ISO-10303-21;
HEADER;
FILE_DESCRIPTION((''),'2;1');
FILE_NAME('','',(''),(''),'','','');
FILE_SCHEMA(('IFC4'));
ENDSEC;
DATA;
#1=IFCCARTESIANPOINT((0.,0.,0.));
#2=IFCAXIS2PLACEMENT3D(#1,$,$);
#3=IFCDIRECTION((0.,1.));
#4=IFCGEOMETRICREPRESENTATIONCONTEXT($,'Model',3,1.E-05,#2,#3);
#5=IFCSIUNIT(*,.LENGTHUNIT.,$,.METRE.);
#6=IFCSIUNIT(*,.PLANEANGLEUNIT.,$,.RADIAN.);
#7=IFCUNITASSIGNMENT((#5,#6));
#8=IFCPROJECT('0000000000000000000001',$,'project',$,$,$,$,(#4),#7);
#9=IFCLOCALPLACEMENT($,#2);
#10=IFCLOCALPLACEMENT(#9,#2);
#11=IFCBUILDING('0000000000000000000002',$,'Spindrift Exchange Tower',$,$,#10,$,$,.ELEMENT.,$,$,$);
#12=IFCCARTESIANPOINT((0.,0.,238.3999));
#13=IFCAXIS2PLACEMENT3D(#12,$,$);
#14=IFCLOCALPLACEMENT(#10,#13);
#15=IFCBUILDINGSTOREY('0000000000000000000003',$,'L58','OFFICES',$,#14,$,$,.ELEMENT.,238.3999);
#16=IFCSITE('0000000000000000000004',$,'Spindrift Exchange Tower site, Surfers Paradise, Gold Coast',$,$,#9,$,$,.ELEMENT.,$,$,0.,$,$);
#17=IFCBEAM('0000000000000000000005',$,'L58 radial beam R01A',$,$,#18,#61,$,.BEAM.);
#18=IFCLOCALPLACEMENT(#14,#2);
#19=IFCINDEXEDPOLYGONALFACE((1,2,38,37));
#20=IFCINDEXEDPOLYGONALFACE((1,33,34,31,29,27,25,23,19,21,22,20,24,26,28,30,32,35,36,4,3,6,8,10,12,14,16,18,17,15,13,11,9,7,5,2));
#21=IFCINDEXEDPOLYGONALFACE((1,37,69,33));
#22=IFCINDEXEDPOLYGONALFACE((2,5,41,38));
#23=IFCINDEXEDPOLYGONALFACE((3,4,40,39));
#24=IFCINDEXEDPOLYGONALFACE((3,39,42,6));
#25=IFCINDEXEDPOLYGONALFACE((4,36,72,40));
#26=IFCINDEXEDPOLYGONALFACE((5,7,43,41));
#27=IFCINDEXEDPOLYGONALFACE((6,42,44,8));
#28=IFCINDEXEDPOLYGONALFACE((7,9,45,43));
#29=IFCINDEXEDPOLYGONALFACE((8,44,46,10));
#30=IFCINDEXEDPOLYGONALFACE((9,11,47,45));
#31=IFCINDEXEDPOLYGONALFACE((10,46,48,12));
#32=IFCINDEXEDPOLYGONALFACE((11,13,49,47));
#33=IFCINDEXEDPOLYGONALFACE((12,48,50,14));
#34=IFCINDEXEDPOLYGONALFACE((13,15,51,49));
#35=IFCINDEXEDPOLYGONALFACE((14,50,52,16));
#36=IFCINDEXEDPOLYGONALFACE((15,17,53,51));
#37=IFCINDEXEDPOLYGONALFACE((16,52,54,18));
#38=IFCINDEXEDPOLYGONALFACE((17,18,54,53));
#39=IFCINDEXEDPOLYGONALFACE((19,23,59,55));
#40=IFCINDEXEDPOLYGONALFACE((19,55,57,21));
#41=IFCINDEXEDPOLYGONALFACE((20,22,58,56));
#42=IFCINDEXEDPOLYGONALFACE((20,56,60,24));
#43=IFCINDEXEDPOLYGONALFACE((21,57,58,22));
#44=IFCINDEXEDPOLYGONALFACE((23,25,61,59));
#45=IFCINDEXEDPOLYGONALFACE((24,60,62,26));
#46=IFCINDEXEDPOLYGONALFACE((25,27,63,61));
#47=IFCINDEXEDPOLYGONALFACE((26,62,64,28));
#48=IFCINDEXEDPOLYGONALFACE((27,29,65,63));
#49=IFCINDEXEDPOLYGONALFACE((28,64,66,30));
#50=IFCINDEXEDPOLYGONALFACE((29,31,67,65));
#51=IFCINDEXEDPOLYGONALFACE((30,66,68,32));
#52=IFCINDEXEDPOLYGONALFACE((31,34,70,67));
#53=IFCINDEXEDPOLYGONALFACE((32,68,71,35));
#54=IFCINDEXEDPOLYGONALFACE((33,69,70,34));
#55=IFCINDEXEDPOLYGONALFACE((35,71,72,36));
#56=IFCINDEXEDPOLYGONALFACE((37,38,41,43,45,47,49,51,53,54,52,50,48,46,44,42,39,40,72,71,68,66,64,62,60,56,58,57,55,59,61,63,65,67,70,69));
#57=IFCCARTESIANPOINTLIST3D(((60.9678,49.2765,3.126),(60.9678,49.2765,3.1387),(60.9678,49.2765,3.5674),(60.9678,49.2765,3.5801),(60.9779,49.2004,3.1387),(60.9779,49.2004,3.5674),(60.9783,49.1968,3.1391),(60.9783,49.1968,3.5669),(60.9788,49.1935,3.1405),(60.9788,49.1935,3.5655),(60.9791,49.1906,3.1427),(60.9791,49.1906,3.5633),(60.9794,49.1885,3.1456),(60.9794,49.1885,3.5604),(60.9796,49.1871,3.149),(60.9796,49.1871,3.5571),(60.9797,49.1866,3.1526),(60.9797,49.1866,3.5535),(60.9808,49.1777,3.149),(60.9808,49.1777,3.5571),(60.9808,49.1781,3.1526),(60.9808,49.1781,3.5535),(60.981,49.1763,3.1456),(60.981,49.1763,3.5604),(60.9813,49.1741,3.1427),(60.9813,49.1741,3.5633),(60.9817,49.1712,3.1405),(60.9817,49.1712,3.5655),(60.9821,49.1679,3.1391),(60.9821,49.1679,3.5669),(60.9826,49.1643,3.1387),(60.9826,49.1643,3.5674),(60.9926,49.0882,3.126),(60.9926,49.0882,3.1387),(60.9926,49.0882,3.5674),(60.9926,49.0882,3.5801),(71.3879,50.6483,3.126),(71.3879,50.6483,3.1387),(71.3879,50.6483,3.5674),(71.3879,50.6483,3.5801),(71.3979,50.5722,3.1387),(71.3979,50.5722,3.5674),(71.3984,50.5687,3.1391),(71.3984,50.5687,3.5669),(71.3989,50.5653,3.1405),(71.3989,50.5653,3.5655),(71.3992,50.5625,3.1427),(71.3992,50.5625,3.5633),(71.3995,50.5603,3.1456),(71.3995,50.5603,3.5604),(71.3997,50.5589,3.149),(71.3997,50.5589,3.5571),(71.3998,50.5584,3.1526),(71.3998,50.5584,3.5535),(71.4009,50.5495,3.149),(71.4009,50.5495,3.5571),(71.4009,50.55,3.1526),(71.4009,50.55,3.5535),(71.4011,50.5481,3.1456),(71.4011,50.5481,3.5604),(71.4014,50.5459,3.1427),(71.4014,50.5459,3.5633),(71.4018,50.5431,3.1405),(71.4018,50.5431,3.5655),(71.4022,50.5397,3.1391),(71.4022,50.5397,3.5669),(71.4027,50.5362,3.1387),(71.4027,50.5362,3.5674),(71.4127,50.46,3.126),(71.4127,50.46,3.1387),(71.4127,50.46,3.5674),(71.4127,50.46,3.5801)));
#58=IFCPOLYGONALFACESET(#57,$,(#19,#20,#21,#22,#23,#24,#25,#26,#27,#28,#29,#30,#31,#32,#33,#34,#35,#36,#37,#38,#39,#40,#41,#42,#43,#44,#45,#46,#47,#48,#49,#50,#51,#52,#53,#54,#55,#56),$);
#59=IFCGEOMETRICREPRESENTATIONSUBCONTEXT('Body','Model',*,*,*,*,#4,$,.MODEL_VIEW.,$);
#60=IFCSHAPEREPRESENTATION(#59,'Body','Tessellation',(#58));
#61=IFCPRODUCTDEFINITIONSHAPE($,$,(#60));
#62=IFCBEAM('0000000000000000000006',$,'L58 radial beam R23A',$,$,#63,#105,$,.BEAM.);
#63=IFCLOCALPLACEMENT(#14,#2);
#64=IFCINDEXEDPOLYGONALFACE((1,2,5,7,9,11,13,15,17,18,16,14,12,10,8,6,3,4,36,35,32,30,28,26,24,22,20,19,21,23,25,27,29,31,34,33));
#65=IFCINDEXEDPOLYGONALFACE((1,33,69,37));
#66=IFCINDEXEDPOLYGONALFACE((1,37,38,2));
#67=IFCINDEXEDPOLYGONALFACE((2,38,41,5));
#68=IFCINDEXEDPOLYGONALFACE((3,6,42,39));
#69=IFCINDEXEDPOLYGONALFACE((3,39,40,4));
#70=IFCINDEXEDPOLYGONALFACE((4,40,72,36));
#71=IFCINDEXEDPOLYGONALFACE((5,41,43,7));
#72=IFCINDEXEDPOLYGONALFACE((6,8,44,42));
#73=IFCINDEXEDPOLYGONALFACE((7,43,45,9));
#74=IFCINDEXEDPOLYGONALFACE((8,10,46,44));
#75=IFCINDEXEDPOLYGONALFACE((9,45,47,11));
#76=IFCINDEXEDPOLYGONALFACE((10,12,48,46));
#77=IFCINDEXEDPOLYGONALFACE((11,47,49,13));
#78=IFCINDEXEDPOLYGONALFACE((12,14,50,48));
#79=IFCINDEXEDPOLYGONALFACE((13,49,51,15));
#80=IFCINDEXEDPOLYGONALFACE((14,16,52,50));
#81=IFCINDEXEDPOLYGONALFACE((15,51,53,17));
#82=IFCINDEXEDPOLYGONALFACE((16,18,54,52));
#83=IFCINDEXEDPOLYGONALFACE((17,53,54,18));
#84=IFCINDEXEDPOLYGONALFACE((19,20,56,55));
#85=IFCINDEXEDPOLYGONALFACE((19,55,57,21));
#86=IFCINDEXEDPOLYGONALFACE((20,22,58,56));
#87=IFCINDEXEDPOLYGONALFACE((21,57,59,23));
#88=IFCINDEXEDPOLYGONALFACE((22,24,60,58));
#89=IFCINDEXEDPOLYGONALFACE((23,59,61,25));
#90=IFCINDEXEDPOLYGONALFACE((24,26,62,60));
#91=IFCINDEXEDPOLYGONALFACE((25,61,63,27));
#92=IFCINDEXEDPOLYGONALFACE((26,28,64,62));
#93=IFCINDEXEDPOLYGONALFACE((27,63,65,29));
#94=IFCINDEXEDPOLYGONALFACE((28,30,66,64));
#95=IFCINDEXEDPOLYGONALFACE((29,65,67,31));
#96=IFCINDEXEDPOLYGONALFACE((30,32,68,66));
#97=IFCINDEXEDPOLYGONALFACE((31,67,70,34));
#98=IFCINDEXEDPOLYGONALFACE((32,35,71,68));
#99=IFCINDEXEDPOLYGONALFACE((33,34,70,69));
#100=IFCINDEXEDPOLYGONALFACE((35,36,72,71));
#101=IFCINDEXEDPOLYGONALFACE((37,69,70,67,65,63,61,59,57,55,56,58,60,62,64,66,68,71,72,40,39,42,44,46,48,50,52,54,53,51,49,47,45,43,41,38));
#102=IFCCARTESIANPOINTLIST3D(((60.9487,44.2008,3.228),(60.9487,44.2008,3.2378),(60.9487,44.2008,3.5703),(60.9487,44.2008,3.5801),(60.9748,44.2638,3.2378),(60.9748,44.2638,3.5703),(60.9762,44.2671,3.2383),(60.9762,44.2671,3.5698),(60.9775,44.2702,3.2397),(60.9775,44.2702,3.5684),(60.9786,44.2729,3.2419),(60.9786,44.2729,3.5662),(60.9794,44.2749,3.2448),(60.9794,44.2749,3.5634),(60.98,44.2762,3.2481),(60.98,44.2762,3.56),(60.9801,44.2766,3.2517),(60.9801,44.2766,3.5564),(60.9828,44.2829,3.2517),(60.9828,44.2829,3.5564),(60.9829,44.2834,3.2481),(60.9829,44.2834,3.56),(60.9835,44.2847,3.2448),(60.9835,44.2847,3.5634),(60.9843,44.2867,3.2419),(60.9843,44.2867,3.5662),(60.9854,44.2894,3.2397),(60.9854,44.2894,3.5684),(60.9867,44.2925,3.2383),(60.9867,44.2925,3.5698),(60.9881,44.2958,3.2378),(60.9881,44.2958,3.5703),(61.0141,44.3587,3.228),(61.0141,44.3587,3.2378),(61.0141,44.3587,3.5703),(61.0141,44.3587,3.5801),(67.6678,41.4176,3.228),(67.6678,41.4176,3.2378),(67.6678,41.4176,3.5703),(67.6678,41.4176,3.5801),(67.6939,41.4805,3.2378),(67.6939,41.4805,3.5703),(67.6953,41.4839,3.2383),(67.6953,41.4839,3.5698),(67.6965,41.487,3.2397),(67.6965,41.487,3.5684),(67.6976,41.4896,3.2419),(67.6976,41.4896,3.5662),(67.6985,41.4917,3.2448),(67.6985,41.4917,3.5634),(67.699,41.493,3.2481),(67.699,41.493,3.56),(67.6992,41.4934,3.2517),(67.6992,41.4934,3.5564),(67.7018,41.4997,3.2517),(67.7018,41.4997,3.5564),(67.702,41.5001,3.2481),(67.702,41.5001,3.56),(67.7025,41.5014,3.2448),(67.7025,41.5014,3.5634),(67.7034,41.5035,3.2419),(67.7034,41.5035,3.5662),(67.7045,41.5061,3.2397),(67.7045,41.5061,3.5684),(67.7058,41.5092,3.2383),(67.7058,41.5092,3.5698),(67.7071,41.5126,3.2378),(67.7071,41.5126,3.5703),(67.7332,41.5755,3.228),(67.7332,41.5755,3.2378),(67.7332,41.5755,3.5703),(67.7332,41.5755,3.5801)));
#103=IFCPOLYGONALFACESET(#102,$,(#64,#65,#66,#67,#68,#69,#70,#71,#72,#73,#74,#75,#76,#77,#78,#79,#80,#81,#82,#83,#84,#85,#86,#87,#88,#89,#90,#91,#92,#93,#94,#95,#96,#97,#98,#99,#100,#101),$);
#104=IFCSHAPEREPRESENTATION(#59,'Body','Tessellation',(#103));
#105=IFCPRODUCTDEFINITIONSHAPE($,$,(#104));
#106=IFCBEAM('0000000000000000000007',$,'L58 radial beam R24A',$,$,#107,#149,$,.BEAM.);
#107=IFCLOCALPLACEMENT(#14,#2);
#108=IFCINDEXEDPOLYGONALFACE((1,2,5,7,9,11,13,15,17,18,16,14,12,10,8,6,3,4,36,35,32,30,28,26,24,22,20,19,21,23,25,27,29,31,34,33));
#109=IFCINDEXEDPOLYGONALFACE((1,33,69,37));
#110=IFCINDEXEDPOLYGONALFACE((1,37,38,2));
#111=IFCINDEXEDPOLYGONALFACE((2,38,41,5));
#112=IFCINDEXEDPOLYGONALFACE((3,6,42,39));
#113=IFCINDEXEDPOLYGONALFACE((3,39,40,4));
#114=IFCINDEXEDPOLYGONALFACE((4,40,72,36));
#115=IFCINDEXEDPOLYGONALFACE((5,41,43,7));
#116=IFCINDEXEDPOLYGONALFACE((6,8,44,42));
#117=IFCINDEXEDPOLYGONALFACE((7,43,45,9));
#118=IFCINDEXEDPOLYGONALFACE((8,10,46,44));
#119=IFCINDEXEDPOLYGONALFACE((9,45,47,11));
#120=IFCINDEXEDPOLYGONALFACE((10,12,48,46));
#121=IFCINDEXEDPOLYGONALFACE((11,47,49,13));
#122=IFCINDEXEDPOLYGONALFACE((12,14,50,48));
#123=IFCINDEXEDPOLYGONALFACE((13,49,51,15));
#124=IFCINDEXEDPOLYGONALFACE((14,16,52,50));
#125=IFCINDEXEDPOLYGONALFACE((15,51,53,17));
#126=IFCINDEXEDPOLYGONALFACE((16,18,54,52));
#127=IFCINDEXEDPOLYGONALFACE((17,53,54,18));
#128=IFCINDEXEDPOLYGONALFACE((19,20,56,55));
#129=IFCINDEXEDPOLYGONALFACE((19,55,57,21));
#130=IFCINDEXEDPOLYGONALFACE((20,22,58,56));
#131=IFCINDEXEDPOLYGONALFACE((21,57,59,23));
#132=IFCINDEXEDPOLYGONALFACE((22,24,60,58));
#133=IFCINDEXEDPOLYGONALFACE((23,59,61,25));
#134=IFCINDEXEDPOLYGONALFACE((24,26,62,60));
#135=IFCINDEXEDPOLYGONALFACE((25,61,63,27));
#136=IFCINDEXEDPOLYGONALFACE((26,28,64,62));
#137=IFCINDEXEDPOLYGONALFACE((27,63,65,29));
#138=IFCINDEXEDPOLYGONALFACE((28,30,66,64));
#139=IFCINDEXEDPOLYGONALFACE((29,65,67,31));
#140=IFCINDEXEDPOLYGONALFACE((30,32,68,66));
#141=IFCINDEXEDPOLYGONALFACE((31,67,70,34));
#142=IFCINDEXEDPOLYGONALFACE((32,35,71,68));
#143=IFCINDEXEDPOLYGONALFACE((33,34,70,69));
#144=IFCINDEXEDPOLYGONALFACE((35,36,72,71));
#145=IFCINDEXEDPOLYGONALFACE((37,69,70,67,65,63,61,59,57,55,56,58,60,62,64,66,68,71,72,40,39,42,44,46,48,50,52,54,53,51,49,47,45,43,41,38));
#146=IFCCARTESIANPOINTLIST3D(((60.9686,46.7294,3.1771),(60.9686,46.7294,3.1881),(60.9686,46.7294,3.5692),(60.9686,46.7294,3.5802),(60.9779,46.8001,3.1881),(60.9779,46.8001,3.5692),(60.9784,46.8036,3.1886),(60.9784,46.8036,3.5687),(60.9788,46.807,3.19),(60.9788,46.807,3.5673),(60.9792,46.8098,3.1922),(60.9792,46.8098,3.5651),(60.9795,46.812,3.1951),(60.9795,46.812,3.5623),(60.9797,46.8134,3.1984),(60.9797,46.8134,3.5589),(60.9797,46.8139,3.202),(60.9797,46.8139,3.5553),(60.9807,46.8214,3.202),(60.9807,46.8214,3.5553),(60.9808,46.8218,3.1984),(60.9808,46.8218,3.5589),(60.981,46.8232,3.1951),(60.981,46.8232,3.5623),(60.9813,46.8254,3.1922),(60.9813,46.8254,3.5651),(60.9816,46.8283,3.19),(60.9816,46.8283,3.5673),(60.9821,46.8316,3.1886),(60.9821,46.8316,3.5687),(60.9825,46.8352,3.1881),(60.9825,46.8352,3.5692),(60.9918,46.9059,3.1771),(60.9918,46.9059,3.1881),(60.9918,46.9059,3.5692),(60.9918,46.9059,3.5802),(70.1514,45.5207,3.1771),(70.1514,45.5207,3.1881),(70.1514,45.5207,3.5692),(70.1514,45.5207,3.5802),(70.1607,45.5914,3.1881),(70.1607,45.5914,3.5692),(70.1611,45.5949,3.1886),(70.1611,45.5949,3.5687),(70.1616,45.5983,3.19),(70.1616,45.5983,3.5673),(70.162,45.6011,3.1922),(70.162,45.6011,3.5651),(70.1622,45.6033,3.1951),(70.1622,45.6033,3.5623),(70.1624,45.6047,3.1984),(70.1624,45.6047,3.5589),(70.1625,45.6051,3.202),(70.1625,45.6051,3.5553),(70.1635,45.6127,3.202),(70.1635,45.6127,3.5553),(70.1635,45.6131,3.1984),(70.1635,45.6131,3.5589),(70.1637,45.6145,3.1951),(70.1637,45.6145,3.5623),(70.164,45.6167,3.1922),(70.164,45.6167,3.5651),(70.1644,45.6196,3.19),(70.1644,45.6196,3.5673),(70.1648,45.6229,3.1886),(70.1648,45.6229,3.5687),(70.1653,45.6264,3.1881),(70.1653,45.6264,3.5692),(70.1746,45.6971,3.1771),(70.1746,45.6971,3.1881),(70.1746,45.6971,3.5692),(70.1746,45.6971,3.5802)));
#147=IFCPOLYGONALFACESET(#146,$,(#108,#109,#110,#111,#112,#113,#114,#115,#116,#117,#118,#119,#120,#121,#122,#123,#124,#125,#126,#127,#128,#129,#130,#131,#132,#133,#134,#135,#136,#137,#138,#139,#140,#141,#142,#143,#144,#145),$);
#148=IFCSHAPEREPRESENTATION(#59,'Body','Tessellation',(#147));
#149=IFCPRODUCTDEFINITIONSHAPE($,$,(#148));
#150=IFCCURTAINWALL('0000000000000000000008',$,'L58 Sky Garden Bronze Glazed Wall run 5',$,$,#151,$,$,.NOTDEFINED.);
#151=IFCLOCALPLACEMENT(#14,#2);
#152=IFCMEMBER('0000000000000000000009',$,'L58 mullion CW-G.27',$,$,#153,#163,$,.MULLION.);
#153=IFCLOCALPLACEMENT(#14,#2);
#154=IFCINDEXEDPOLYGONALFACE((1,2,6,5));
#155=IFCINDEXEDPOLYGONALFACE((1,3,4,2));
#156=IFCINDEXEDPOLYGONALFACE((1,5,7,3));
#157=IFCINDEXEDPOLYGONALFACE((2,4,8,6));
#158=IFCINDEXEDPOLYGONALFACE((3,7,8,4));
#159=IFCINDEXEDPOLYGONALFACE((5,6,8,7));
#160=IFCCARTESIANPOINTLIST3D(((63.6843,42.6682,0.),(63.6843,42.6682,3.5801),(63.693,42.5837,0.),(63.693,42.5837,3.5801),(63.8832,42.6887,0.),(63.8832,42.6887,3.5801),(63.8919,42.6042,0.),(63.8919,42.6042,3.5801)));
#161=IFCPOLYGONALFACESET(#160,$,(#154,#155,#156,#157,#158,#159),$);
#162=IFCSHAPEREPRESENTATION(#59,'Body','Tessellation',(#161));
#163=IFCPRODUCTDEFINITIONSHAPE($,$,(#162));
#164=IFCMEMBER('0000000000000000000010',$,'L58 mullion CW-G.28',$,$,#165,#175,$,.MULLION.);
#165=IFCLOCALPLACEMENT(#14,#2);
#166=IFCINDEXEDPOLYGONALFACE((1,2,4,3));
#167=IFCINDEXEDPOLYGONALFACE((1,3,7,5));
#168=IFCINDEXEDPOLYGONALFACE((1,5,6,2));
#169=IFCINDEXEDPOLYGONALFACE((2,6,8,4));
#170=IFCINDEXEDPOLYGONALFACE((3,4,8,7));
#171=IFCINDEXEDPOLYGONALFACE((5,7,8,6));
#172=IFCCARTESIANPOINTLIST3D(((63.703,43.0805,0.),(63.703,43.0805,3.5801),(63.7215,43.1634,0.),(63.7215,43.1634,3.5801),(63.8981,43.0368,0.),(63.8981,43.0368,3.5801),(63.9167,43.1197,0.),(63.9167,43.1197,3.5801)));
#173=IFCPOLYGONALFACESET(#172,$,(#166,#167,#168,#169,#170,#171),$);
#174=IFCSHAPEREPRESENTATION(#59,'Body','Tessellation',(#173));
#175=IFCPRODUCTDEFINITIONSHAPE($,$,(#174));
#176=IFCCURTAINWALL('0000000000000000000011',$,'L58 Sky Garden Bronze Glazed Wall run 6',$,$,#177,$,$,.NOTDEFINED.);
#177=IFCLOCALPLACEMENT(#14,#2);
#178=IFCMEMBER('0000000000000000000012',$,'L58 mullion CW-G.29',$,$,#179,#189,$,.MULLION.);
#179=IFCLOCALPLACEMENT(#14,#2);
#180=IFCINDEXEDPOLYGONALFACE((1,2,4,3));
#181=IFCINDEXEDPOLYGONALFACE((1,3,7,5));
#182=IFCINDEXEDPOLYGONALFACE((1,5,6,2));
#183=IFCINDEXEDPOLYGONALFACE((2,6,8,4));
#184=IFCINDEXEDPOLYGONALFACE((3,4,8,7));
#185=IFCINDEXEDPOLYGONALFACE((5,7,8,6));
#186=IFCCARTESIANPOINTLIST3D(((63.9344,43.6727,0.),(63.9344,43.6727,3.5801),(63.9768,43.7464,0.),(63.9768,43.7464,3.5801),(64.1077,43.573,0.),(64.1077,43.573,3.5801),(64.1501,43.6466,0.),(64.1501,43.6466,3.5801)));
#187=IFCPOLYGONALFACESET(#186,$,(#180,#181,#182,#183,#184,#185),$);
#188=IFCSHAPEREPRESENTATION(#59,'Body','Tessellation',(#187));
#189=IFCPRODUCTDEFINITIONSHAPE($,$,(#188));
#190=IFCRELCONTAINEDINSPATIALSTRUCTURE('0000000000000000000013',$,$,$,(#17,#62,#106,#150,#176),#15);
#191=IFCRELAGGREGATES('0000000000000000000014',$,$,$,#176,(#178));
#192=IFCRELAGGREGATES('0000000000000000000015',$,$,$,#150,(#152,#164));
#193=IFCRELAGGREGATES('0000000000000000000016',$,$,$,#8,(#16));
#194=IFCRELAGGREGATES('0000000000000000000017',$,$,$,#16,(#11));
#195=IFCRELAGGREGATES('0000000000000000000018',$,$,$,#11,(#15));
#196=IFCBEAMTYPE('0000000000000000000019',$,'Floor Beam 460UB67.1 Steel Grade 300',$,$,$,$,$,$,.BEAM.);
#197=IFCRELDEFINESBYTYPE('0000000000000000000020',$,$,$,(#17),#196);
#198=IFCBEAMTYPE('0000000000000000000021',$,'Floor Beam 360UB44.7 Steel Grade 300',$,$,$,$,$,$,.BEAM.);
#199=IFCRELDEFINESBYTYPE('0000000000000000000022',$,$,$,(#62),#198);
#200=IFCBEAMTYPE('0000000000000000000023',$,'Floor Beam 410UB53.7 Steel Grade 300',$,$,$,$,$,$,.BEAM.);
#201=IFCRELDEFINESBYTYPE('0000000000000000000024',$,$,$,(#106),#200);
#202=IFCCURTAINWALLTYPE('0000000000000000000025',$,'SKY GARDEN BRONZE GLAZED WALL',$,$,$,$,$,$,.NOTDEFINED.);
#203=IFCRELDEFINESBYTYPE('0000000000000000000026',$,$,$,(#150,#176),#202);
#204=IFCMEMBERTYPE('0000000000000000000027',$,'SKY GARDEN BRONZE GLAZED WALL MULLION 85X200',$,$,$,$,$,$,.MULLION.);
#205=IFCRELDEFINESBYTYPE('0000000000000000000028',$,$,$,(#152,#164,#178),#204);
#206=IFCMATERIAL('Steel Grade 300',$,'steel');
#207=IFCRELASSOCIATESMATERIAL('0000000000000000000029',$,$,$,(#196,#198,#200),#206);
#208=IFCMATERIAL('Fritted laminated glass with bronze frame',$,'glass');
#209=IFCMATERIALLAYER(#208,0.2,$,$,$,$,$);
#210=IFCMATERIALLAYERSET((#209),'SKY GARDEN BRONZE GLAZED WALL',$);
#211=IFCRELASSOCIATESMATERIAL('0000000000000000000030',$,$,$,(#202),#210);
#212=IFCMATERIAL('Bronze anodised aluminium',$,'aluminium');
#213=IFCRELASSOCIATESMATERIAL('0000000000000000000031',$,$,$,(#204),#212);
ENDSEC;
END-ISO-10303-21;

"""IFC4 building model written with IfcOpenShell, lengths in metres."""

from ifc_helpers import new_model, si_unit, direction, frame, origin, origin_2d, place, context, subcontext, project, spatial, rectangle, i_section, extrude, source, transform, mapped, material, layer, layer_set, material_profile, profile_set, type_object, element, aggregate, save


model = new_model("IFC4")

# Units and contexts
model_context = context("Model", 3, precision=1e-05, world=origin(), true_north=direction((0.0, 1.0)))
body_context = subcontext(model_context, "Body", "Model", "MODEL_VIEW")
ifc_project = project(units=[si_unit("LENGTHUNIT", "METRE"), si_unit("PLANEANGLEUNIT", "RADIAN")], contexts=[model_context])

# Site, building, storey
site_placement = place(None, origin())
site = spatial("IfcSite", under=ifc_project, at=site_placement, Name="Spindrift Exchange Tower site, Surfers Paradise, Gold Coast", CompositionType="ELEMENT", RefElevation=0.0)
building_placement = place(site_placement, origin())
building = spatial("IfcBuilding", under=site, at=building_placement, Name="Spindrift Exchange Tower", CompositionType="ELEMENT")
storey_placement = place(building_placement, frame((0.0, 0.0, 238.3999)))
storey = spatial("IfcBuildingStorey", under=building, at=storey_placement, Name="L58", Description="OFFICES", CompositionType="ELEMENT", Elevation=238.3999)

# Beams
ifc_material_1 = material(Name="Steel Grade 300", Category="steel")
ifc_material_profile_1 = material_profile(ifc_material_1, i_section(OverallWidth=0.1899, OverallDepth=0.4541, WebThickness=0.0085, FlangeThickness=0.0127, FilletRadius=0.0139, at=origin_2d()), Name="460UB67.1")
ifc_profile_set_1 = profile_set([ifc_material_profile_1], Name="Steel Grade 300")
beam_type_1 = type_object("IfcBeamType", Name="Floor Beam 460UB67.1 Steel Grade 300", PredefinedType="BEAM", material=ifc_profile_set_1)
shared_shape_1 = source(origin(), body_context, "Body", "SweptSolid", [
    extrude(i_section(OverallWidth=0.1899, OverallDepth=0.4541, WebThickness=0.0085, FlangeThickness=0.0127, FilletRadius=0.0139, at=origin_2d()), origin(), (0.0, 0.0, 1.0), 10.51),
])
beam_1_placement = place(storey_placement, frame((60.9802, 49.1824, 3.353), z_axis=(0.991445, 0.130525, 0.0), x_axis=(-0.130525, 0.991445, 0.0)))
element("IfcBeam", 1, at=beam_1_placement, inside=storey, type_object=beam_type_1, Name="L58 radial beam R01A", PredefinedType="BEAM", context=body_context, shape_type="MappedRepresentation", body=[
    mapped(shared_shape_1, transform((0.0, 0.0, 0.0), scale=1.0)),
])
ifc_material_profile_2 = material_profile(ifc_material_1, i_section(OverallWidth=0.1709, OverallDepth=0.3521, WebThickness=0.0068, FlangeThickness=0.0098, FilletRadius=0.0139, at=origin_2d()), Name="360UB44.7")
ifc_profile_set_2 = profile_set([ifc_material_profile_2], Name="Steel Grade 300")
beam_type_2 = type_object("IfcBeamType", Name="Floor Beam 360UB44.7 Steel Grade 300", PredefinedType="BEAM", material=ifc_profile_set_2)
shared_shape_2 = source(origin(), body_context, "Body", "SweptSolid", [
    extrude(i_section(OverallWidth=0.1709, OverallDepth=0.3521, WebThickness=0.0068, FlangeThickness=0.0098, FilletRadius=0.0139, at=origin_2d()), origin(), (0.0, 0.0, 1.0), 7.2727),
])
beam_2_placement = place(storey_placement, frame((60.9814, 44.2798, 3.4041), z_axis=(0.923874, -0.382696, 0.0), x_axis=(0.382696, 0.923874, 0.0)))
element("IfcBeam", 2, at=beam_2_placement, inside=storey, type_object=beam_type_2, Name="L58 radial beam R23A", PredefinedType="BEAM", context=body_context, shape_type="MappedRepresentation", body=[
    mapped(shared_shape_2, transform((0.0, 0.0, 0.0), scale=1.0)),
])
ifc_material_profile_3 = material_profile(ifc_material_1, i_section(OverallWidth=0.178, OverallDepth=0.4031, WebThickness=0.0076, FlangeThickness=0.011, FilletRadius=0.0139, at=origin_2d()), Name="410UB53.7")
ifc_profile_set_3 = profile_set([ifc_material_profile_3], Name="Steel Grade 300")
beam_type_3 = type_object("IfcBeamType", Name="Floor Beam 410UB53.7 Steel Grade 300", PredefinedType="BEAM", material=ifc_profile_set_3)
shared_shape_3 = source(origin(), body_context, "Body", "SweptSolid", [
    extrude(i_section(OverallWidth=0.178, OverallDepth=0.4031, WebThickness=0.0076, FlangeThickness=0.011, FilletRadius=0.0139, at=origin_2d()), origin(), (0.0, 0.0, 1.0), 9.262),
])
beam_3_placement = place(storey_placement, frame((60.9802, 46.8176, 3.3787), z_axis=(0.991448, -0.130504, 0.0), x_axis=(0.130504, 0.991448, 0.0)))
element("IfcBeam", 3, at=beam_3_placement, inside=storey, type_object=beam_type_3, Name="L58 radial beam R24A", PredefinedType="BEAM", context=body_context, shape_type="MappedRepresentation", body=[
    mapped(shared_shape_3, transform((0.0, 0.0, 0.0), scale=1.0)),
])

# Curtain wall, members
ifc_material_2 = material(Name="Fritted laminated glass with bronze frame", Category="glass")
ifc_layer_1 = layer(ifc_material_2, 0.2)
ifc_layer_set_1 = layer_set([ifc_layer_1], Name="SKY GARDEN BRONZE GLAZED WALL")
curtain_wall_type = type_object("IfcCurtainWallType", Name="SKY GARDEN BRONZE GLAZED WALL", PredefinedType="NOTDEFINED", material=ifc_layer_set_1)
curtain_wall_1_placement = place(storey_placement, origin())
curtain_wall_1 = element("IfcCurtainWall", 4, at=curtain_wall_1_placement, inside=storey, type_object=curtain_wall_type, Name="L58 Sky Garden Bronze Glazed Wall run 5", PredefinedType="NOTDEFINED")
ifc_material_3 = material(Name="Bronze anodised aluminium", Category="aluminium")
ifc_material_profile_4 = material_profile(ifc_material_3, rectangle(XDim=0.085, YDim=0.2, at=origin_2d()), Name="SKY GARDEN BRONZE GLAZED WALL MULLION 85X200")
ifc_profile_set_4 = profile_set([ifc_material_profile_4], Name="Bronze anodised aluminium")
member_type_1 = type_object("IfcMemberType", Name="SKY GARDEN BRONZE GLAZED WALL MULLION 85X200", PredefinedType="MULLION", material=ifc_profile_set_4)
shared_shape_4 = source(origin(), body_context, "Body", "SweptSolid", [
    extrude(rectangle(XDim=0.085, YDim=0.2, at=origin_2d()), origin(), (0.0, 0.0, 1.0), 3.5801),
])
member_1_placement = place(storey_placement, frame((63.7881, 42.6362, 0.0), z_axis=(0.0, 0.0, 1.0), x_axis=(-0.102494, 0.994734, 0.0)))
member_1 = element("IfcMember", 5, at=member_1_placement, type_object=member_type_1, Name="L58 mullion CW-G.27", PredefinedType="MULLION", context=body_context, shape_type="MappedRepresentation", body=[
    mapped(shared_shape_4, transform((0.0, 0.0, 0.0), scale=1.0)),
])
member_2_placement = place(storey_placement, frame((63.8098, 43.1001, 0.0), z_axis=(0.0, 0.0, 1.0), x_axis=(0.218624, 0.975809, 0.0)))
member_2 = element("IfcMember", 6, at=member_2_placement, type_object=member_type_1, Name="L58 mullion CW-G.28", PredefinedType="MULLION", context=body_context, shape_type="MappedRepresentation", body=[
    mapped(shared_shape_4, transform((0.0, 0.0, 0.0), scale=1.0)),
])

# Curtain wall, member
curtain_wall_2_placement = place(storey_placement, origin())
curtain_wall_2 = element("IfcCurtainWall", 7, at=curtain_wall_2_placement, inside=storey, type_object=curtain_wall_type, Name="L58 Sky Garden Bronze Glazed Wall run 6", PredefinedType="NOTDEFINED")
member_3_placement = place(storey_placement, frame((64.0422, 43.6597, 0.0), z_axis=(0.0, 0.0, 1.0), x_axis=(0.499014, 0.866594, 0.0)))
member_3 = element("IfcMember", 8, at=member_3_placement, type_object=member_type_1, Name="L58 mullion CW-G.29", PredefinedType="MULLION", context=body_context, shape_type="MappedRepresentation", body=[
    mapped(shared_shape_4, transform((0.0, 0.0, 0.0), scale=1.0)),
])
aggregate(curtain_wall_2, [member_3])

aggregate(curtain_wall_1, [member_1, member_2])

save(model, "model.ifc")
